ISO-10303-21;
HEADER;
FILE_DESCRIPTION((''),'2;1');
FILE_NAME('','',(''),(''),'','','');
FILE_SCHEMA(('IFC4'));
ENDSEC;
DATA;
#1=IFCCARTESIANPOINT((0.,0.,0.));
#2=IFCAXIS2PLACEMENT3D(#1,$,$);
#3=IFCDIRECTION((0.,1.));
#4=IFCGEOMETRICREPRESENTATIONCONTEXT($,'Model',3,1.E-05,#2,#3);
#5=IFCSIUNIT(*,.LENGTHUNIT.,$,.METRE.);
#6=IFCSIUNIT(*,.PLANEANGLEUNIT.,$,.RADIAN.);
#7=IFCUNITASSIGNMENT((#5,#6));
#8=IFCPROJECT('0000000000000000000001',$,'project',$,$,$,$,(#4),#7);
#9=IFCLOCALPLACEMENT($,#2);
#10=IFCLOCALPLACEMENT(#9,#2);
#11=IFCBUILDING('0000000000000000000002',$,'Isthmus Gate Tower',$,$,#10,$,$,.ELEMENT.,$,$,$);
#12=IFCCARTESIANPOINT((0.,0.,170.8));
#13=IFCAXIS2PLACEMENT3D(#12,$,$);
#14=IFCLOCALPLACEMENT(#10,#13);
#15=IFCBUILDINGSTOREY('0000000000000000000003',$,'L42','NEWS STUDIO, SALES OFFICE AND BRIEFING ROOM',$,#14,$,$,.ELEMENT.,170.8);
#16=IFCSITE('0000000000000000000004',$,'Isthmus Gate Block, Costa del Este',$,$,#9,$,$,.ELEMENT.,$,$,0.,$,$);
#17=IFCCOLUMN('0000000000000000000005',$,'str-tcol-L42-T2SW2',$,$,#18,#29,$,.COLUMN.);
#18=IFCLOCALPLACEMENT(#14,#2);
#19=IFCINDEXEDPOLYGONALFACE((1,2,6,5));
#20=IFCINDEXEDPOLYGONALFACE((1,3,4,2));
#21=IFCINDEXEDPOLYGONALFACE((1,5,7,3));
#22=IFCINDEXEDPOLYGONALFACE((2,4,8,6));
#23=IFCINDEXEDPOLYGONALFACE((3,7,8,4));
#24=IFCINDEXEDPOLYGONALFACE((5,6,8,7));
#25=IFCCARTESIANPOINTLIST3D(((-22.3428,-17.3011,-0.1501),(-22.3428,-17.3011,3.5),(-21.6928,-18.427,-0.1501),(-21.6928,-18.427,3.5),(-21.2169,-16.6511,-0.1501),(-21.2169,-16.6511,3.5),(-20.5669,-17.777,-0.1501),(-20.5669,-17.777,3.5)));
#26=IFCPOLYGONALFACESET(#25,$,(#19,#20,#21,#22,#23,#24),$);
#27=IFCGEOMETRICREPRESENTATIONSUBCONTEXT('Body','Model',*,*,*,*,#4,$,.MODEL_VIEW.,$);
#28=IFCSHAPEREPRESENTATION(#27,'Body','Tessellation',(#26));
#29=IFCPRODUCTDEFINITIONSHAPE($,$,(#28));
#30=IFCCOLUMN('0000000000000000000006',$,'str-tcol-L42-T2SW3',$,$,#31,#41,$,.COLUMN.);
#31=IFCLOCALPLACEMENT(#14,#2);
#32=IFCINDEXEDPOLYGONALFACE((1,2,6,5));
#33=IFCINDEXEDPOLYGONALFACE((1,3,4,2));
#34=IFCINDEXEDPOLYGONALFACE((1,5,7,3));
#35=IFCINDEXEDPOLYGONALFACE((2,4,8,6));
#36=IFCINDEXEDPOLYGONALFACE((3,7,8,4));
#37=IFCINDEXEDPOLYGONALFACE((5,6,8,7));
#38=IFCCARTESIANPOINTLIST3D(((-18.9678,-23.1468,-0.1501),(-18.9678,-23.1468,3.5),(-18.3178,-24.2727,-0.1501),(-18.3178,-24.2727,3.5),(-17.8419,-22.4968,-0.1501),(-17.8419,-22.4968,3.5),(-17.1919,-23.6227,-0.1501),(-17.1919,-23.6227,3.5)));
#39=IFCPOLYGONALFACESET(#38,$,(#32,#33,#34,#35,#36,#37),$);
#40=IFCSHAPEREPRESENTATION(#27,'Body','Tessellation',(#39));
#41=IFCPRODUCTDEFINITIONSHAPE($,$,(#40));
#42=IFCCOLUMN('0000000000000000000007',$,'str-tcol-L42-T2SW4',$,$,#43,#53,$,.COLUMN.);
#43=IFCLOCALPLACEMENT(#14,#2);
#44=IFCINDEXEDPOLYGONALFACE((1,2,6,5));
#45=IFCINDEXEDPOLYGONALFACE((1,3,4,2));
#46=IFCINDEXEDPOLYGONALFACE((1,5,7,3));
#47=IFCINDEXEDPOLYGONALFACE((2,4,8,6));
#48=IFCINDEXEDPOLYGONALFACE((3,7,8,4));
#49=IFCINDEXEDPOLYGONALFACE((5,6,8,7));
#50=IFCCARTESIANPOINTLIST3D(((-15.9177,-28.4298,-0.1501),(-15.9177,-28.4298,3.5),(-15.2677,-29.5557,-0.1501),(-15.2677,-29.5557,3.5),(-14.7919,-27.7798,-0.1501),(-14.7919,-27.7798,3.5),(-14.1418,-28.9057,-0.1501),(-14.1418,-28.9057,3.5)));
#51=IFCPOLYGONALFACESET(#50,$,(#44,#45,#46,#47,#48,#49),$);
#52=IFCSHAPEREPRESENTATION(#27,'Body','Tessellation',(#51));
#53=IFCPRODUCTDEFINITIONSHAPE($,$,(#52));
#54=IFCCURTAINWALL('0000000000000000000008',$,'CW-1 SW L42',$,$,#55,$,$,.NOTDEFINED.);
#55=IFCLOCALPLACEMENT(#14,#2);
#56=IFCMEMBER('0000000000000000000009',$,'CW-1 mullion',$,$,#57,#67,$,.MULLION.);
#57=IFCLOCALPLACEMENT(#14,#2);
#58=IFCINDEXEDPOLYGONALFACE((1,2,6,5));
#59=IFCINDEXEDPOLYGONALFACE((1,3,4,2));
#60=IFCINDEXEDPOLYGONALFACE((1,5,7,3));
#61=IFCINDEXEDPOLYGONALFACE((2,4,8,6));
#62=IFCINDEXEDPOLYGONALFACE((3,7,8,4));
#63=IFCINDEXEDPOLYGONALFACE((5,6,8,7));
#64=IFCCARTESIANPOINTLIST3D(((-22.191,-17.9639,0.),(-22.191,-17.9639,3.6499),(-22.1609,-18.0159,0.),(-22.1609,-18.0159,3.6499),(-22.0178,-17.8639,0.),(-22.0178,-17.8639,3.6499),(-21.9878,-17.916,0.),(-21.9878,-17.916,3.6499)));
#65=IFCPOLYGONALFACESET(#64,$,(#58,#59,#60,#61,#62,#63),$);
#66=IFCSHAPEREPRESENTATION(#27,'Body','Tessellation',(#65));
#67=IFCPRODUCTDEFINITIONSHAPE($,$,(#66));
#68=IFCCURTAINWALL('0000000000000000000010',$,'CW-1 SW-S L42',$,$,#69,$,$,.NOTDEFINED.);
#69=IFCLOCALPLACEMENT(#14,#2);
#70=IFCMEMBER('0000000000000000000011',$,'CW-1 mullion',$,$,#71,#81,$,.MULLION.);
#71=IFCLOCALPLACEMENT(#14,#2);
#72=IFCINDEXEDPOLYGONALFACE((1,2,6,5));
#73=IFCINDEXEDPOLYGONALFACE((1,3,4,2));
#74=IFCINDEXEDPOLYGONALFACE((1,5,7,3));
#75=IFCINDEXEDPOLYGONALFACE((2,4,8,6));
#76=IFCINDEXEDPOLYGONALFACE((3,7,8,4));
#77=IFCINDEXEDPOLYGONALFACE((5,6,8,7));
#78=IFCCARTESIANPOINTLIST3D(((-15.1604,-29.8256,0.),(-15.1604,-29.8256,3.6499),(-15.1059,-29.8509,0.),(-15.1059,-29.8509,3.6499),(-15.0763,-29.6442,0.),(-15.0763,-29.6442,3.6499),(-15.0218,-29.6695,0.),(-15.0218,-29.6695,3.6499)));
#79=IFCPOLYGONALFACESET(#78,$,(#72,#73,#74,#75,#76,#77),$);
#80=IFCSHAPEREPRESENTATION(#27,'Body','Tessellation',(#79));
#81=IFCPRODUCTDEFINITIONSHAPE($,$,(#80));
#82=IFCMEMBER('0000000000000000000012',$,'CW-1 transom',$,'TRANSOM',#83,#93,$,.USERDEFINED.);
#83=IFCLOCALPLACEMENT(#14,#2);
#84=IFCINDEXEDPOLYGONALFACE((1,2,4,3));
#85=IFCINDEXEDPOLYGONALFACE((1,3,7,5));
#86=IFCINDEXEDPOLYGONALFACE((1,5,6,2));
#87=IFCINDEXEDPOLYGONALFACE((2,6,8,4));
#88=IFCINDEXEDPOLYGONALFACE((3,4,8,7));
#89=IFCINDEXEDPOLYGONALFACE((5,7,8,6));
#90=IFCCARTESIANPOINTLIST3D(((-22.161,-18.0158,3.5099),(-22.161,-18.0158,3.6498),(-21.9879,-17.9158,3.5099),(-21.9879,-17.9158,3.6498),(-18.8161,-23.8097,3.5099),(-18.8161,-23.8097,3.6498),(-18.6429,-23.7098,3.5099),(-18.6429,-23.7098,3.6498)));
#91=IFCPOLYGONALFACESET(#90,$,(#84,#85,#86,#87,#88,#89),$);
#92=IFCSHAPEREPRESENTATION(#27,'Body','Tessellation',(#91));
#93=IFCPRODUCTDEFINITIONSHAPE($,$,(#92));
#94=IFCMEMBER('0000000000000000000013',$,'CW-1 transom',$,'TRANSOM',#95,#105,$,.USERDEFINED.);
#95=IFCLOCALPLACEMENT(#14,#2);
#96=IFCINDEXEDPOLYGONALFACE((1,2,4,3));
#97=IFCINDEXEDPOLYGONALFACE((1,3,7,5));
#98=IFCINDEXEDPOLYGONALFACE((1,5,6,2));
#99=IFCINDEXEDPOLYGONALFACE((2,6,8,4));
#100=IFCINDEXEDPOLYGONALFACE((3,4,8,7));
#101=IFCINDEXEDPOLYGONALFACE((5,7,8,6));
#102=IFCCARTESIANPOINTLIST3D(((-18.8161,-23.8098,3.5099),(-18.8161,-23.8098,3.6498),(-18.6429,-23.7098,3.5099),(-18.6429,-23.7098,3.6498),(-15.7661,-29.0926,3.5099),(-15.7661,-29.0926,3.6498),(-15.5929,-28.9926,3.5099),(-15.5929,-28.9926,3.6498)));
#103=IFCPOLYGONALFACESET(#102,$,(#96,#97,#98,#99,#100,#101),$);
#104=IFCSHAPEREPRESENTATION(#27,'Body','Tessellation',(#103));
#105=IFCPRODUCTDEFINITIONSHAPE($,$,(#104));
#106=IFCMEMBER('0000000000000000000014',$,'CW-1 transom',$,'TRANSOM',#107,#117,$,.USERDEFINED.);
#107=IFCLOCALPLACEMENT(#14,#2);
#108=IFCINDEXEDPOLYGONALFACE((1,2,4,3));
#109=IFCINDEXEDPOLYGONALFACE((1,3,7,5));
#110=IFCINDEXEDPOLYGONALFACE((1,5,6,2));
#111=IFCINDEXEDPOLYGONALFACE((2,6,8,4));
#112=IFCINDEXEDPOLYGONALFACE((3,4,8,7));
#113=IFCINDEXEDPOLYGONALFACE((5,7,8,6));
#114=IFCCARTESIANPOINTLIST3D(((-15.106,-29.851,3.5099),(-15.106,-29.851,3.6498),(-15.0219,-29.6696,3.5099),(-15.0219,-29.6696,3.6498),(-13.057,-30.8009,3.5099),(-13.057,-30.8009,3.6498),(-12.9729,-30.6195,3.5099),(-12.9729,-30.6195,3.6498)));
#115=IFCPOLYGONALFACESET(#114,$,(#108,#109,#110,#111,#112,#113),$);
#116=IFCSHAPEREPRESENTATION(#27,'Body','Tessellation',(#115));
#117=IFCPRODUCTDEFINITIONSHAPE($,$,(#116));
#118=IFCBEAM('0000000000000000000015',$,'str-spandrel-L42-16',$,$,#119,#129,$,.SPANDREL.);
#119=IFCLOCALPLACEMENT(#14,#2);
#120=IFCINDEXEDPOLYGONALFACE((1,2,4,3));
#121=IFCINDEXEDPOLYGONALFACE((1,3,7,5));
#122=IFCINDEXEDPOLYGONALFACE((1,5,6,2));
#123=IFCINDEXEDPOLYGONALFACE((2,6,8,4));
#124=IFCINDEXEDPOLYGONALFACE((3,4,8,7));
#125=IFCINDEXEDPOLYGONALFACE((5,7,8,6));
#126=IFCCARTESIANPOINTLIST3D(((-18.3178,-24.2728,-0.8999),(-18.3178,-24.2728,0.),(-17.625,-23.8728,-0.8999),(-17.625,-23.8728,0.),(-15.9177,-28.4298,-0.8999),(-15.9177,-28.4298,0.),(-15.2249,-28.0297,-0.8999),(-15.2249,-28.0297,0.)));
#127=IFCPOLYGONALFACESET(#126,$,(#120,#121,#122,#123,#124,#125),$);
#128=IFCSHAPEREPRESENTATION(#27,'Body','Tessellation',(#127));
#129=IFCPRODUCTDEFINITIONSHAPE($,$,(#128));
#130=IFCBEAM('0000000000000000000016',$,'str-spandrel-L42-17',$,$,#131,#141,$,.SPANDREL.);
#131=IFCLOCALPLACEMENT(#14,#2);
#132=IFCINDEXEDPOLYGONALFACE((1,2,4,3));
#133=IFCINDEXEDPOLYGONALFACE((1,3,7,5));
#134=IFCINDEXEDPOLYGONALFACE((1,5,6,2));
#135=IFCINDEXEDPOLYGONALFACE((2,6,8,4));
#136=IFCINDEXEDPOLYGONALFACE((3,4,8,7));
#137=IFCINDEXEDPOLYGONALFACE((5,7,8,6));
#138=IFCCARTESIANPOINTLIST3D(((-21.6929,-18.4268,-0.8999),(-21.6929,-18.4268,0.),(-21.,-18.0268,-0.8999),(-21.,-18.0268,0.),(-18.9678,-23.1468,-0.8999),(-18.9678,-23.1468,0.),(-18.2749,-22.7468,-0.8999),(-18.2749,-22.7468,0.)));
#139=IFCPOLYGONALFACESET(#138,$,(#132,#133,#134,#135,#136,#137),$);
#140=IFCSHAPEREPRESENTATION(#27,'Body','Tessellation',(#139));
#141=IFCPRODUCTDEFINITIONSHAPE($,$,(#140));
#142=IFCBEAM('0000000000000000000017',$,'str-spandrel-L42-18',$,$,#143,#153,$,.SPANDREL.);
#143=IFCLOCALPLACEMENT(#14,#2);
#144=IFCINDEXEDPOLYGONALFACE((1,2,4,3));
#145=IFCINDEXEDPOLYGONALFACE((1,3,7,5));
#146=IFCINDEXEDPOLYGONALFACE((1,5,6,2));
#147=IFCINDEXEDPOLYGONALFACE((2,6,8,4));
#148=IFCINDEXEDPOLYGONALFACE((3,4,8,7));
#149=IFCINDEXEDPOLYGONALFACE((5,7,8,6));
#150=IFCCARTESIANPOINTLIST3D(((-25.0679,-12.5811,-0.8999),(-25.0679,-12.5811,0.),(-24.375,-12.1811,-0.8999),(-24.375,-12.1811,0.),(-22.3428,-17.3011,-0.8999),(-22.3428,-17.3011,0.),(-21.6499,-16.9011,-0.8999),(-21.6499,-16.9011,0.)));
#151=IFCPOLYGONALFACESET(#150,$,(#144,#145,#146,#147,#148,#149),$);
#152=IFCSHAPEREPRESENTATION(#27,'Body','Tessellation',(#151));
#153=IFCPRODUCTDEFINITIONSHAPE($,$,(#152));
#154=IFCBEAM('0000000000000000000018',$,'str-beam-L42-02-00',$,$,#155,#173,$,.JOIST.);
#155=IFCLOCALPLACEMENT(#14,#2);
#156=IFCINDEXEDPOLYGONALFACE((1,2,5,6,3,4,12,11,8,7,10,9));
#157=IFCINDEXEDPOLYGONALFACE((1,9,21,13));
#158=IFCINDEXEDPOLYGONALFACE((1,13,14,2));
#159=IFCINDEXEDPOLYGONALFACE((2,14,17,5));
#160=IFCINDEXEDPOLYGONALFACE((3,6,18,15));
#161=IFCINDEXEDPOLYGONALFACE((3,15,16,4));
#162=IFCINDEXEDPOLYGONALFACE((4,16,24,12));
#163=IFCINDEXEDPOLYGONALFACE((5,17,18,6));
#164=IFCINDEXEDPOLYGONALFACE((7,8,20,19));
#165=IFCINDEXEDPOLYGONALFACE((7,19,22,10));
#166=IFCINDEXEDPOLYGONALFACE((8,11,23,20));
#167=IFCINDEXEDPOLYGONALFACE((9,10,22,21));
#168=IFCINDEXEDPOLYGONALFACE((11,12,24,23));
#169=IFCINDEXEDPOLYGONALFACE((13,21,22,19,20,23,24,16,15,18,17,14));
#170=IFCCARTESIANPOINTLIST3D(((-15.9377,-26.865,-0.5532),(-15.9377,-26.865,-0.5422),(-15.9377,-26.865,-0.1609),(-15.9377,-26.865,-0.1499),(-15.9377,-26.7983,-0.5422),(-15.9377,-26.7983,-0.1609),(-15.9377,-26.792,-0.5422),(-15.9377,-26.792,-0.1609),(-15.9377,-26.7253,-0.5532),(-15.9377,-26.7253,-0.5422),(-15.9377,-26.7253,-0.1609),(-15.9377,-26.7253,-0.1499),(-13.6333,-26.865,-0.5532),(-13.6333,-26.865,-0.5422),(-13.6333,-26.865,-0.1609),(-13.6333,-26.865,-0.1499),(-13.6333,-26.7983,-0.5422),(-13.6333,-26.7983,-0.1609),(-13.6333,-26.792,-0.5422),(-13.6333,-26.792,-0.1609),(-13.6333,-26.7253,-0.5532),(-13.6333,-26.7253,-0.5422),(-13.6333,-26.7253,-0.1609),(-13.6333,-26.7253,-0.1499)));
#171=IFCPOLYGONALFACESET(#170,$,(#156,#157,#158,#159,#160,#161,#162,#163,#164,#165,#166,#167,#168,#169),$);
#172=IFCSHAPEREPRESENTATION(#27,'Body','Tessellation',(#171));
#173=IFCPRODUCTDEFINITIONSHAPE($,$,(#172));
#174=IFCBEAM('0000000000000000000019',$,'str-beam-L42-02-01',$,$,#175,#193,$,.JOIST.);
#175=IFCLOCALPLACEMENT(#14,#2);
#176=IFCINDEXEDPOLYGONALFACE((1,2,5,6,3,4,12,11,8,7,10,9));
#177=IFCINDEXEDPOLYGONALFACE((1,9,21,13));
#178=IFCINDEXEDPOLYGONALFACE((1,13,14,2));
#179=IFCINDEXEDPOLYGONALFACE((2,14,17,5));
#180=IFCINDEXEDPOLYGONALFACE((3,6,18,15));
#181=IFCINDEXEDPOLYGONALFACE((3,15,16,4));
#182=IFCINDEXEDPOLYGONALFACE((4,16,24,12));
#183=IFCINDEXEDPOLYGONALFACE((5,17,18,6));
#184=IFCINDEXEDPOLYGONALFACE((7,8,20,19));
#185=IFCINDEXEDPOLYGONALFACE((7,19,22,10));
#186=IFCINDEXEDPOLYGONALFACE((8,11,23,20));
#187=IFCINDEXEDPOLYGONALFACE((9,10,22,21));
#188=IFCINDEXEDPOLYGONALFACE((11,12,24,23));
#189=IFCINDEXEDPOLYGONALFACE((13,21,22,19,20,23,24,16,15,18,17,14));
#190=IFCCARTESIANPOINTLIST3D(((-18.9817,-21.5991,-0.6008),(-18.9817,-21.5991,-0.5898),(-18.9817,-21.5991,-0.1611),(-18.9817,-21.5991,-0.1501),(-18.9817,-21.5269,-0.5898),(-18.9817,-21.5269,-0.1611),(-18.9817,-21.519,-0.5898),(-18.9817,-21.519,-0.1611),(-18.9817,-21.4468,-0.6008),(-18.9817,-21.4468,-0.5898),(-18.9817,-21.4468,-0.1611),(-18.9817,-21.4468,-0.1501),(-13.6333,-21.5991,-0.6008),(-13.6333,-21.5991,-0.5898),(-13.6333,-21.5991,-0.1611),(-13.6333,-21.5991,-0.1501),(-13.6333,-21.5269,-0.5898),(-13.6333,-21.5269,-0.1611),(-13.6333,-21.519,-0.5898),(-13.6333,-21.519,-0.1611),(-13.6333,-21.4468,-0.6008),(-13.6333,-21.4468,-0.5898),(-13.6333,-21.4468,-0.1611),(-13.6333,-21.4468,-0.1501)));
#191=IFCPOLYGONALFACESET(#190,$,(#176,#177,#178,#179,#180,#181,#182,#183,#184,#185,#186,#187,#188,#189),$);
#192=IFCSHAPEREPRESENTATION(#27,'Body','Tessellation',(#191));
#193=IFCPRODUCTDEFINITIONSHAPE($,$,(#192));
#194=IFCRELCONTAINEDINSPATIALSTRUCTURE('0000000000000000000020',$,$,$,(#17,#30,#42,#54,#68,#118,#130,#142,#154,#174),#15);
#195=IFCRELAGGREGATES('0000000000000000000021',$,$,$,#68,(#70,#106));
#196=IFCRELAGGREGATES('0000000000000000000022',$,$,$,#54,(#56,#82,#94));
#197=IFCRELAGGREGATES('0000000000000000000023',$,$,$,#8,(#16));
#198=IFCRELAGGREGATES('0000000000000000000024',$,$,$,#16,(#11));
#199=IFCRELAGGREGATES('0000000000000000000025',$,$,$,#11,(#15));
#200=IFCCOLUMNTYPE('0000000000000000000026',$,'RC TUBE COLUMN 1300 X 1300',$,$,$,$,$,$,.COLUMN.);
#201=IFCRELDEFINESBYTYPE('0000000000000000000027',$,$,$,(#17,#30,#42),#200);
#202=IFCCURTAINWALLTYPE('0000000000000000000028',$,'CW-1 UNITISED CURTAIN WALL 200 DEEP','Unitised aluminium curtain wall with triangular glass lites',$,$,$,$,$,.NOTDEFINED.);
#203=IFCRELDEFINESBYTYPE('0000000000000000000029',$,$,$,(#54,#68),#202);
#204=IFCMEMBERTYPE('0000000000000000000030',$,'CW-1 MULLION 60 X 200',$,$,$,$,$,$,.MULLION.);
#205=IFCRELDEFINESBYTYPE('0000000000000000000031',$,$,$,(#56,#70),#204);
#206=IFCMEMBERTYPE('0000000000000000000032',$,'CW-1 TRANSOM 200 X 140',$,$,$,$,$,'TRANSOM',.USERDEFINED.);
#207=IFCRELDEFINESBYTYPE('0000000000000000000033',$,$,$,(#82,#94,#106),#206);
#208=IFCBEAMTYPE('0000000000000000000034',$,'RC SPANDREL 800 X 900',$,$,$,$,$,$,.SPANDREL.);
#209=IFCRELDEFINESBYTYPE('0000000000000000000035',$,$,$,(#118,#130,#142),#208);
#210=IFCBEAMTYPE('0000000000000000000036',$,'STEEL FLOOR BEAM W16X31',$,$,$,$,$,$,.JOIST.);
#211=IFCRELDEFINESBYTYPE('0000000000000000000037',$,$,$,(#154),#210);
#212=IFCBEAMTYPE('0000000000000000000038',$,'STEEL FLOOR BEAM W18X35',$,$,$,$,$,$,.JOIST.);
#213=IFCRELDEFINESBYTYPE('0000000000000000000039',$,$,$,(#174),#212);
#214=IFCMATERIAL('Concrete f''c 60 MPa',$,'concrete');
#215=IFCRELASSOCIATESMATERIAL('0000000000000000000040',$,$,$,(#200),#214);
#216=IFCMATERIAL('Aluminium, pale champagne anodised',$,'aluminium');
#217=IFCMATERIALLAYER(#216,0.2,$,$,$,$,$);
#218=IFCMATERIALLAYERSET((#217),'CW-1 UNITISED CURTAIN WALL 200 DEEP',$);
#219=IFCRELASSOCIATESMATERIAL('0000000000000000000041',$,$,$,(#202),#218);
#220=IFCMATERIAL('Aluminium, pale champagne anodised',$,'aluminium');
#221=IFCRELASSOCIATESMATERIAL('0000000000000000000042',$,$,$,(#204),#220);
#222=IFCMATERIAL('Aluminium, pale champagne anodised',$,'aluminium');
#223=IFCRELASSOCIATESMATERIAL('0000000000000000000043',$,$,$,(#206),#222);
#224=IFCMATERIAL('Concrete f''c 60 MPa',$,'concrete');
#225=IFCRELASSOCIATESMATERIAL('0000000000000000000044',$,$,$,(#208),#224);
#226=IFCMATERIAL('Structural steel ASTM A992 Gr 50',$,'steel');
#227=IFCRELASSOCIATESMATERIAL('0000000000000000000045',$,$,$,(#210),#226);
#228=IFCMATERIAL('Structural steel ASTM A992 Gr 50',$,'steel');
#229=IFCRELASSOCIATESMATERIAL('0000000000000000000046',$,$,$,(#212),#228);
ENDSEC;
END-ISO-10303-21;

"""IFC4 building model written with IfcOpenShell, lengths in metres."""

from ifc_helpers import new_model, si_unit, direction, frame, origin, origin_2d, place, context, subcontext, project, spatial, rectangle, i_section, extrude, material, layer, layer_set, material_profile, profile_set, type_object, element, aggregate, save


model = new_model("IFC4")

# Units and contexts
model_context = context("Model", 3, precision=1e-05, world=origin(), true_north=direction((0.0, 1.0)))
body_context = subcontext(model_context, "Body", "Model", "MODEL_VIEW")
ifc_project = project(units=[si_unit("LENGTHUNIT", "METRE"), si_unit("PLANEANGLEUNIT", "RADIAN")], contexts=[model_context])

# Site, building, storey
site_placement = place(None, origin())
site = spatial("IfcSite", under=ifc_project, at=site_placement, Name="Isthmus Gate Block, Costa del Este", CompositionType="ELEMENT", RefElevation=0.0)
building_placement = place(site_placement, origin())
building = spatial("IfcBuilding", under=site, at=building_placement, Name="Isthmus Gate Tower", CompositionType="ELEMENT")
storey_placement = place(building_placement, frame((0.0, 0.0, 170.8)))
storey = spatial("IfcBuildingStorey", under=building, at=storey_placement, Name="L42", Description="NEWS STUDIO, SALES OFFICE AND BRIEFING ROOM", CompositionType="ELEMENT", Elevation=170.8)

# Columns
ifc_material_1 = material(Name="Concrete f'c 60 MPa", Category="concrete")
ifc_material_profile_1 = material_profile(ifc_material_1, rectangle(XDim=1.3, YDim=1.3, at=origin_2d()), Name="RC 1300X1300")
ifc_profile_set_1 = profile_set([ifc_material_profile_1], Name="Concrete f'c 60 MPa")
column_type = type_object("IfcColumnType", Name="RC TUBE COLUMN 1300 X 1300", PredefinedType="COLUMN", material=ifc_profile_set_1)
for number, where, z_axis, x_axis, name in (
    (1, (-21.4548, -17.5391, -0.1501), (0.0, 0.0, 1.0), (0.5, -0.866025, 0.0), "str-tcol-L42-T2SW2"),
    (2, (-18.0798, -23.3848, -0.1501), (0.0, 0.0, 1.0), (0.5, -0.866025, 0.0), "str-tcol-L42-T2SW3"),
    (3, (-15.0298, -28.6677, -0.1501), (0.0, 0.0, 1.0), (0.5, -0.866025, 0.0), "str-tcol-L42-T2SW4"),
):
    element("IfcColumn", number, at=place(storey_placement, frame(where, z_axis=z_axis, x_axis=x_axis)), inside=storey, type_object=column_type, Name=name, PredefinedType="COLUMN", context=body_context, shape_type="SweptSolid", body=[
        extrude(rectangle(XDim=1.3, YDim=1.3, at=origin_2d()), origin(), (0.0, 0.0, 1.0), 3.6501),
    ])

# Curtain walls, members
ifc_material_2 = material(Name="Aluminium, pale champagne anodised", Category="aluminium")
ifc_layer_1 = layer(ifc_material_2, 0.2)
ifc_layer_set_1 = layer_set([ifc_layer_1], Name="CW-1 UNITISED CURTAIN WALL 200 DEEP")
curtain_wall_type = type_object("IfcCurtainWallType", Name="CW-1 UNITISED CURTAIN WALL 200 DEEP", Description="Unitised aluminium curtain wall with triangular glass lites", PredefinedType="NOTDEFINED", material=ifc_layer_set_1)
curtain_wall_1_placement = place(storey_placement, origin())
curtain_wall_1 = element("IfcCurtainWall", 4, at=curtain_wall_1_placement, inside=storey, type_object=curtain_wall_type, Name="CW-1 SW L42", PredefinedType="NOTDEFINED")
ifc_material_3 = material(Name="Aluminium, pale champagne anodised", Category="aluminium")
ifc_material_profile_2 = material_profile(ifc_material_3, rectangle(XDim=0.0601, YDim=0.2, at=origin_2d()), Name="60x200")
ifc_profile_set_2 = profile_set([ifc_material_profile_2], Name="Aluminium, pale champagne anodised")
member_type_1 = type_object("IfcMemberType", Name="CW-1 MULLION 60 X 200", PredefinedType="MULLION", material=ifc_profile_set_2)
member_1_placement = place(storey_placement, frame((-22.0894, -17.9399, 0.0), z_axis=(0.0, 0.0, 1.0), x_axis=(0.5, -0.866025, 0.0)))
member_1 = element("IfcMember", 5, at=member_1_placement, type_object=member_type_1, Name="CW-1 mullion", PredefinedType="MULLION", context=body_context, shape_type="SweptSolid", body=[
    extrude(rectangle(XDim=0.0601, YDim=0.2, at=origin_2d()), origin(), (0.0, 0.0, 1.0), 3.6499),
])
curtain_wall_2_placement = place(storey_placement, origin())
curtain_wall_2 = element("IfcCurtainWall", 6, at=curtain_wall_2_placement, inside=storey, type_object=curtain_wall_type, Name="CW-1 SW-S L42", PredefinedType="NOTDEFINED")
member_2_placement = place(storey_placement, frame((-15.0911, -29.7476, 0.0), z_axis=(0.0, 0.0, 1.0), x_axis=(0.907256, -0.420578, 0.0)))
member_2 = element("IfcMember", 7, at=member_2_placement, type_object=member_type_1, Name="CW-1 mullion", PredefinedType="MULLION", context=body_context, shape_type="SweptSolid", body=[
    extrude(rectangle(XDim=0.0601, YDim=0.2, at=origin_2d()), origin(), (0.0, 0.0, 1.0), 3.6499),
])

# Members
ifc_material_4 = material(Name="Aluminium, pale champagne anodised", Category="aluminium")
ifc_material_profile_3 = material_profile(ifc_material_4, rectangle(XDim=0.2, YDim=0.1399, at=origin_2d()), Name="200x140")
ifc_profile_set_3 = profile_set([ifc_material_profile_3], Name="Aluminium, pale champagne anodised")
member_type_2 = type_object("IfcMemberType", Name="CW-1 TRANSOM 200 X 140", ElementType="TRANSOM", PredefinedType="USERDEFINED", material=ifc_profile_set_3)
member_3_placement = place(storey_placement, frame((-22.0745, -17.9658, 3.5798), z_axis=(0.499981, -0.866036, 0.0), x_axis=(0.866036, 0.499981, 0.0)))
member_3 = element("IfcMember", 8, at=member_3_placement, type_object=member_type_2, Name="CW-1 transom", ObjectType="TRANSOM", PredefinedType="USERDEFINED", context=body_context, shape_type="SweptSolid", body=[
    extrude(rectangle(XDim=0.2, YDim=0.1399, at=origin_2d()), origin(), (0.0, 0.0, 1.0), 6.6902),
])
member_4_placement = place(storey_placement, frame((-18.7295, -23.7598, 3.5798), z_axis=(0.499992, -0.86603, 0.0), x_axis=(0.86603, 0.499992, 0.0)))
member_4 = element("IfcMember", 9, at=member_4_placement, type_object=member_type_2, Name="CW-1 transom", ObjectType="TRANSOM", PredefinedType="USERDEFINED", context=body_context, shape_type="SweptSolid", body=[
    extrude(rectangle(XDim=0.2, YDim=0.1399, at=origin_2d()), origin(), (0.0, 0.0, 1.0), 6.1001),
])
member_5_placement = place(storey_placement, frame((-15.064, -29.7603, 3.5798), z_axis=(0.907246, -0.4206, 0.0), x_axis=(0.4206, 0.907246, 0.0)))
member_5 = element("IfcMember", 10, at=member_5_placement, type_object=member_type_2, Name="CW-1 transom", ObjectType="TRANSOM", PredefinedType="USERDEFINED", context=body_context, shape_type="SweptSolid", body=[
    extrude(rectangle(XDim=0.2, YDim=0.1399, at=origin_2d()), origin(), (0.0, 0.0, 1.0), 2.2585),
])
aggregate(curtain_wall_2, [member_2, member_5])

# Beams
ifc_material_5 = material(Name="Concrete f'c 60 MPa", Category="concrete")
ifc_material_profile_4 = material_profile(ifc_material_5, rectangle(XDim=0.8, YDim=0.8999, at=origin_2d()), Name="RC 800X900")
ifc_profile_set_4 = profile_set([ifc_material_profile_4], Name="Concrete f'c 60 MPa")
beam_type_1 = type_object("IfcBeamType", Name="RC SPANDREL 800 X 900", PredefinedType="SPANDREL", material=ifc_profile_set_4)
beam_1_placement = place(storey_placement, frame((-15.5713, -28.2297, -0.45), z_axis=(-0.500017, 0.866015, 0.0), x_axis=(-0.866015, -0.500017, 0.0)))
element("IfcBeam", 11, at=beam_1_placement, inside=storey, type_object=beam_type_1, Name="str-spandrel-L42-16", PredefinedType="SPANDREL", context=body_context, shape_type="SweptSolid", body=[
    extrude(rectangle(XDim=0.8, YDim=0.8999, at=origin_2d()), origin(), (0.0, 0.0, 1.0), 4.8),
])
for number, where, z_axis, x_axis, name in (
    (12, (-18.6213, -22.9468, -0.45), (-0.500003, 0.866024, 0.0), (-0.866024, -0.500003, 0.0), "str-spandrel-L42-17"),
    (13, (-21.9963, -17.1011, -0.45), (-0.500003, 0.866024, 0.0), (-0.866024, -0.500003, 0.0), "str-spandrel-L42-18"),
):
    element("IfcBeam", number, at=place(storey_placement, frame(where, z_axis=z_axis, x_axis=x_axis)), inside=storey, type_object=beam_type_1, Name=name, PredefinedType="SPANDREL", context=body_context, shape_type="SweptSolid", body=[
        extrude(rectangle(XDim=0.8, YDim=0.8999, at=origin_2d()), origin(), (0.0, 0.0, 1.0), 5.4502),
    ])
ifc_material_6 = material(Name="Structural steel ASTM A992 Gr 50", Category="steel")
ifc_material_profile_5 = material_profile(ifc_material_6, i_section(OverallWidth=0.1396, OverallDepth=0.4033, WebThickness=0.0063, FlangeThickness=0.011, at=origin_2d()), Name="W16X31")
ifc_profile_set_5 = profile_set([ifc_material_profile_5], Name="Structural steel ASTM A992 Gr 50")
beam_type_2 = type_object("IfcBeamType", Name="STEEL FLOOR BEAM W16X31", PredefinedType="JOIST", material=ifc_profile_set_5)
beam_2_placement = place(storey_placement, frame((-15.9377, -26.7952, -0.3516), z_axis=(1.0, 0.0, 0.0), x_axis=(0.0, 1.0, 0.0)))
element("IfcBeam", 14, at=beam_2_placement, inside=storey, type_object=beam_type_2, Name="str-beam-L42-02-00", PredefinedType="JOIST", context=body_context, shape_type="SweptSolid", body=[
    extrude(i_section(OverallWidth=0.1396, OverallDepth=0.4033, WebThickness=0.0063, FlangeThickness=0.011, at=origin_2d()), origin(), (0.0, 0.0, 1.0), 2.3044),
])
ifc_material_7 = material(Name="Structural steel ASTM A992 Gr 50", Category="steel")
ifc_material_profile_6 = material_profile(ifc_material_7, i_section(OverallWidth=0.1523, OverallDepth=0.4507, WebThickness=0.0078, FlangeThickness=0.011, at=origin_2d()), Name="W18X35")
ifc_profile_set_6 = profile_set([ifc_material_profile_6], Name="Structural steel ASTM A992 Gr 50")
beam_type_3 = type_object("IfcBeamType", Name="STEEL FLOOR BEAM W18X35", PredefinedType="JOIST", material=ifc_profile_set_6)
beam_3_placement = place(storey_placement, frame((-18.9817, -21.5229, -0.3755), z_axis=(1.0, 0.0, 0.0), x_axis=(0.0, 1.0, 0.0)))
element("IfcBeam", 15, at=beam_3_placement, inside=storey, type_object=beam_type_3, Name="str-beam-L42-02-01", PredefinedType="JOIST", context=body_context, shape_type="SweptSolid", body=[
    extrude(i_section(OverallWidth=0.1523, OverallDepth=0.4507, WebThickness=0.0078, FlangeThickness=0.011, at=origin_2d()), origin(), (0.0, 0.0, 1.0), 5.3484),
])

aggregate(curtain_wall_1, [member_1, member_3, member_4])

save(model, "model.ifc")
